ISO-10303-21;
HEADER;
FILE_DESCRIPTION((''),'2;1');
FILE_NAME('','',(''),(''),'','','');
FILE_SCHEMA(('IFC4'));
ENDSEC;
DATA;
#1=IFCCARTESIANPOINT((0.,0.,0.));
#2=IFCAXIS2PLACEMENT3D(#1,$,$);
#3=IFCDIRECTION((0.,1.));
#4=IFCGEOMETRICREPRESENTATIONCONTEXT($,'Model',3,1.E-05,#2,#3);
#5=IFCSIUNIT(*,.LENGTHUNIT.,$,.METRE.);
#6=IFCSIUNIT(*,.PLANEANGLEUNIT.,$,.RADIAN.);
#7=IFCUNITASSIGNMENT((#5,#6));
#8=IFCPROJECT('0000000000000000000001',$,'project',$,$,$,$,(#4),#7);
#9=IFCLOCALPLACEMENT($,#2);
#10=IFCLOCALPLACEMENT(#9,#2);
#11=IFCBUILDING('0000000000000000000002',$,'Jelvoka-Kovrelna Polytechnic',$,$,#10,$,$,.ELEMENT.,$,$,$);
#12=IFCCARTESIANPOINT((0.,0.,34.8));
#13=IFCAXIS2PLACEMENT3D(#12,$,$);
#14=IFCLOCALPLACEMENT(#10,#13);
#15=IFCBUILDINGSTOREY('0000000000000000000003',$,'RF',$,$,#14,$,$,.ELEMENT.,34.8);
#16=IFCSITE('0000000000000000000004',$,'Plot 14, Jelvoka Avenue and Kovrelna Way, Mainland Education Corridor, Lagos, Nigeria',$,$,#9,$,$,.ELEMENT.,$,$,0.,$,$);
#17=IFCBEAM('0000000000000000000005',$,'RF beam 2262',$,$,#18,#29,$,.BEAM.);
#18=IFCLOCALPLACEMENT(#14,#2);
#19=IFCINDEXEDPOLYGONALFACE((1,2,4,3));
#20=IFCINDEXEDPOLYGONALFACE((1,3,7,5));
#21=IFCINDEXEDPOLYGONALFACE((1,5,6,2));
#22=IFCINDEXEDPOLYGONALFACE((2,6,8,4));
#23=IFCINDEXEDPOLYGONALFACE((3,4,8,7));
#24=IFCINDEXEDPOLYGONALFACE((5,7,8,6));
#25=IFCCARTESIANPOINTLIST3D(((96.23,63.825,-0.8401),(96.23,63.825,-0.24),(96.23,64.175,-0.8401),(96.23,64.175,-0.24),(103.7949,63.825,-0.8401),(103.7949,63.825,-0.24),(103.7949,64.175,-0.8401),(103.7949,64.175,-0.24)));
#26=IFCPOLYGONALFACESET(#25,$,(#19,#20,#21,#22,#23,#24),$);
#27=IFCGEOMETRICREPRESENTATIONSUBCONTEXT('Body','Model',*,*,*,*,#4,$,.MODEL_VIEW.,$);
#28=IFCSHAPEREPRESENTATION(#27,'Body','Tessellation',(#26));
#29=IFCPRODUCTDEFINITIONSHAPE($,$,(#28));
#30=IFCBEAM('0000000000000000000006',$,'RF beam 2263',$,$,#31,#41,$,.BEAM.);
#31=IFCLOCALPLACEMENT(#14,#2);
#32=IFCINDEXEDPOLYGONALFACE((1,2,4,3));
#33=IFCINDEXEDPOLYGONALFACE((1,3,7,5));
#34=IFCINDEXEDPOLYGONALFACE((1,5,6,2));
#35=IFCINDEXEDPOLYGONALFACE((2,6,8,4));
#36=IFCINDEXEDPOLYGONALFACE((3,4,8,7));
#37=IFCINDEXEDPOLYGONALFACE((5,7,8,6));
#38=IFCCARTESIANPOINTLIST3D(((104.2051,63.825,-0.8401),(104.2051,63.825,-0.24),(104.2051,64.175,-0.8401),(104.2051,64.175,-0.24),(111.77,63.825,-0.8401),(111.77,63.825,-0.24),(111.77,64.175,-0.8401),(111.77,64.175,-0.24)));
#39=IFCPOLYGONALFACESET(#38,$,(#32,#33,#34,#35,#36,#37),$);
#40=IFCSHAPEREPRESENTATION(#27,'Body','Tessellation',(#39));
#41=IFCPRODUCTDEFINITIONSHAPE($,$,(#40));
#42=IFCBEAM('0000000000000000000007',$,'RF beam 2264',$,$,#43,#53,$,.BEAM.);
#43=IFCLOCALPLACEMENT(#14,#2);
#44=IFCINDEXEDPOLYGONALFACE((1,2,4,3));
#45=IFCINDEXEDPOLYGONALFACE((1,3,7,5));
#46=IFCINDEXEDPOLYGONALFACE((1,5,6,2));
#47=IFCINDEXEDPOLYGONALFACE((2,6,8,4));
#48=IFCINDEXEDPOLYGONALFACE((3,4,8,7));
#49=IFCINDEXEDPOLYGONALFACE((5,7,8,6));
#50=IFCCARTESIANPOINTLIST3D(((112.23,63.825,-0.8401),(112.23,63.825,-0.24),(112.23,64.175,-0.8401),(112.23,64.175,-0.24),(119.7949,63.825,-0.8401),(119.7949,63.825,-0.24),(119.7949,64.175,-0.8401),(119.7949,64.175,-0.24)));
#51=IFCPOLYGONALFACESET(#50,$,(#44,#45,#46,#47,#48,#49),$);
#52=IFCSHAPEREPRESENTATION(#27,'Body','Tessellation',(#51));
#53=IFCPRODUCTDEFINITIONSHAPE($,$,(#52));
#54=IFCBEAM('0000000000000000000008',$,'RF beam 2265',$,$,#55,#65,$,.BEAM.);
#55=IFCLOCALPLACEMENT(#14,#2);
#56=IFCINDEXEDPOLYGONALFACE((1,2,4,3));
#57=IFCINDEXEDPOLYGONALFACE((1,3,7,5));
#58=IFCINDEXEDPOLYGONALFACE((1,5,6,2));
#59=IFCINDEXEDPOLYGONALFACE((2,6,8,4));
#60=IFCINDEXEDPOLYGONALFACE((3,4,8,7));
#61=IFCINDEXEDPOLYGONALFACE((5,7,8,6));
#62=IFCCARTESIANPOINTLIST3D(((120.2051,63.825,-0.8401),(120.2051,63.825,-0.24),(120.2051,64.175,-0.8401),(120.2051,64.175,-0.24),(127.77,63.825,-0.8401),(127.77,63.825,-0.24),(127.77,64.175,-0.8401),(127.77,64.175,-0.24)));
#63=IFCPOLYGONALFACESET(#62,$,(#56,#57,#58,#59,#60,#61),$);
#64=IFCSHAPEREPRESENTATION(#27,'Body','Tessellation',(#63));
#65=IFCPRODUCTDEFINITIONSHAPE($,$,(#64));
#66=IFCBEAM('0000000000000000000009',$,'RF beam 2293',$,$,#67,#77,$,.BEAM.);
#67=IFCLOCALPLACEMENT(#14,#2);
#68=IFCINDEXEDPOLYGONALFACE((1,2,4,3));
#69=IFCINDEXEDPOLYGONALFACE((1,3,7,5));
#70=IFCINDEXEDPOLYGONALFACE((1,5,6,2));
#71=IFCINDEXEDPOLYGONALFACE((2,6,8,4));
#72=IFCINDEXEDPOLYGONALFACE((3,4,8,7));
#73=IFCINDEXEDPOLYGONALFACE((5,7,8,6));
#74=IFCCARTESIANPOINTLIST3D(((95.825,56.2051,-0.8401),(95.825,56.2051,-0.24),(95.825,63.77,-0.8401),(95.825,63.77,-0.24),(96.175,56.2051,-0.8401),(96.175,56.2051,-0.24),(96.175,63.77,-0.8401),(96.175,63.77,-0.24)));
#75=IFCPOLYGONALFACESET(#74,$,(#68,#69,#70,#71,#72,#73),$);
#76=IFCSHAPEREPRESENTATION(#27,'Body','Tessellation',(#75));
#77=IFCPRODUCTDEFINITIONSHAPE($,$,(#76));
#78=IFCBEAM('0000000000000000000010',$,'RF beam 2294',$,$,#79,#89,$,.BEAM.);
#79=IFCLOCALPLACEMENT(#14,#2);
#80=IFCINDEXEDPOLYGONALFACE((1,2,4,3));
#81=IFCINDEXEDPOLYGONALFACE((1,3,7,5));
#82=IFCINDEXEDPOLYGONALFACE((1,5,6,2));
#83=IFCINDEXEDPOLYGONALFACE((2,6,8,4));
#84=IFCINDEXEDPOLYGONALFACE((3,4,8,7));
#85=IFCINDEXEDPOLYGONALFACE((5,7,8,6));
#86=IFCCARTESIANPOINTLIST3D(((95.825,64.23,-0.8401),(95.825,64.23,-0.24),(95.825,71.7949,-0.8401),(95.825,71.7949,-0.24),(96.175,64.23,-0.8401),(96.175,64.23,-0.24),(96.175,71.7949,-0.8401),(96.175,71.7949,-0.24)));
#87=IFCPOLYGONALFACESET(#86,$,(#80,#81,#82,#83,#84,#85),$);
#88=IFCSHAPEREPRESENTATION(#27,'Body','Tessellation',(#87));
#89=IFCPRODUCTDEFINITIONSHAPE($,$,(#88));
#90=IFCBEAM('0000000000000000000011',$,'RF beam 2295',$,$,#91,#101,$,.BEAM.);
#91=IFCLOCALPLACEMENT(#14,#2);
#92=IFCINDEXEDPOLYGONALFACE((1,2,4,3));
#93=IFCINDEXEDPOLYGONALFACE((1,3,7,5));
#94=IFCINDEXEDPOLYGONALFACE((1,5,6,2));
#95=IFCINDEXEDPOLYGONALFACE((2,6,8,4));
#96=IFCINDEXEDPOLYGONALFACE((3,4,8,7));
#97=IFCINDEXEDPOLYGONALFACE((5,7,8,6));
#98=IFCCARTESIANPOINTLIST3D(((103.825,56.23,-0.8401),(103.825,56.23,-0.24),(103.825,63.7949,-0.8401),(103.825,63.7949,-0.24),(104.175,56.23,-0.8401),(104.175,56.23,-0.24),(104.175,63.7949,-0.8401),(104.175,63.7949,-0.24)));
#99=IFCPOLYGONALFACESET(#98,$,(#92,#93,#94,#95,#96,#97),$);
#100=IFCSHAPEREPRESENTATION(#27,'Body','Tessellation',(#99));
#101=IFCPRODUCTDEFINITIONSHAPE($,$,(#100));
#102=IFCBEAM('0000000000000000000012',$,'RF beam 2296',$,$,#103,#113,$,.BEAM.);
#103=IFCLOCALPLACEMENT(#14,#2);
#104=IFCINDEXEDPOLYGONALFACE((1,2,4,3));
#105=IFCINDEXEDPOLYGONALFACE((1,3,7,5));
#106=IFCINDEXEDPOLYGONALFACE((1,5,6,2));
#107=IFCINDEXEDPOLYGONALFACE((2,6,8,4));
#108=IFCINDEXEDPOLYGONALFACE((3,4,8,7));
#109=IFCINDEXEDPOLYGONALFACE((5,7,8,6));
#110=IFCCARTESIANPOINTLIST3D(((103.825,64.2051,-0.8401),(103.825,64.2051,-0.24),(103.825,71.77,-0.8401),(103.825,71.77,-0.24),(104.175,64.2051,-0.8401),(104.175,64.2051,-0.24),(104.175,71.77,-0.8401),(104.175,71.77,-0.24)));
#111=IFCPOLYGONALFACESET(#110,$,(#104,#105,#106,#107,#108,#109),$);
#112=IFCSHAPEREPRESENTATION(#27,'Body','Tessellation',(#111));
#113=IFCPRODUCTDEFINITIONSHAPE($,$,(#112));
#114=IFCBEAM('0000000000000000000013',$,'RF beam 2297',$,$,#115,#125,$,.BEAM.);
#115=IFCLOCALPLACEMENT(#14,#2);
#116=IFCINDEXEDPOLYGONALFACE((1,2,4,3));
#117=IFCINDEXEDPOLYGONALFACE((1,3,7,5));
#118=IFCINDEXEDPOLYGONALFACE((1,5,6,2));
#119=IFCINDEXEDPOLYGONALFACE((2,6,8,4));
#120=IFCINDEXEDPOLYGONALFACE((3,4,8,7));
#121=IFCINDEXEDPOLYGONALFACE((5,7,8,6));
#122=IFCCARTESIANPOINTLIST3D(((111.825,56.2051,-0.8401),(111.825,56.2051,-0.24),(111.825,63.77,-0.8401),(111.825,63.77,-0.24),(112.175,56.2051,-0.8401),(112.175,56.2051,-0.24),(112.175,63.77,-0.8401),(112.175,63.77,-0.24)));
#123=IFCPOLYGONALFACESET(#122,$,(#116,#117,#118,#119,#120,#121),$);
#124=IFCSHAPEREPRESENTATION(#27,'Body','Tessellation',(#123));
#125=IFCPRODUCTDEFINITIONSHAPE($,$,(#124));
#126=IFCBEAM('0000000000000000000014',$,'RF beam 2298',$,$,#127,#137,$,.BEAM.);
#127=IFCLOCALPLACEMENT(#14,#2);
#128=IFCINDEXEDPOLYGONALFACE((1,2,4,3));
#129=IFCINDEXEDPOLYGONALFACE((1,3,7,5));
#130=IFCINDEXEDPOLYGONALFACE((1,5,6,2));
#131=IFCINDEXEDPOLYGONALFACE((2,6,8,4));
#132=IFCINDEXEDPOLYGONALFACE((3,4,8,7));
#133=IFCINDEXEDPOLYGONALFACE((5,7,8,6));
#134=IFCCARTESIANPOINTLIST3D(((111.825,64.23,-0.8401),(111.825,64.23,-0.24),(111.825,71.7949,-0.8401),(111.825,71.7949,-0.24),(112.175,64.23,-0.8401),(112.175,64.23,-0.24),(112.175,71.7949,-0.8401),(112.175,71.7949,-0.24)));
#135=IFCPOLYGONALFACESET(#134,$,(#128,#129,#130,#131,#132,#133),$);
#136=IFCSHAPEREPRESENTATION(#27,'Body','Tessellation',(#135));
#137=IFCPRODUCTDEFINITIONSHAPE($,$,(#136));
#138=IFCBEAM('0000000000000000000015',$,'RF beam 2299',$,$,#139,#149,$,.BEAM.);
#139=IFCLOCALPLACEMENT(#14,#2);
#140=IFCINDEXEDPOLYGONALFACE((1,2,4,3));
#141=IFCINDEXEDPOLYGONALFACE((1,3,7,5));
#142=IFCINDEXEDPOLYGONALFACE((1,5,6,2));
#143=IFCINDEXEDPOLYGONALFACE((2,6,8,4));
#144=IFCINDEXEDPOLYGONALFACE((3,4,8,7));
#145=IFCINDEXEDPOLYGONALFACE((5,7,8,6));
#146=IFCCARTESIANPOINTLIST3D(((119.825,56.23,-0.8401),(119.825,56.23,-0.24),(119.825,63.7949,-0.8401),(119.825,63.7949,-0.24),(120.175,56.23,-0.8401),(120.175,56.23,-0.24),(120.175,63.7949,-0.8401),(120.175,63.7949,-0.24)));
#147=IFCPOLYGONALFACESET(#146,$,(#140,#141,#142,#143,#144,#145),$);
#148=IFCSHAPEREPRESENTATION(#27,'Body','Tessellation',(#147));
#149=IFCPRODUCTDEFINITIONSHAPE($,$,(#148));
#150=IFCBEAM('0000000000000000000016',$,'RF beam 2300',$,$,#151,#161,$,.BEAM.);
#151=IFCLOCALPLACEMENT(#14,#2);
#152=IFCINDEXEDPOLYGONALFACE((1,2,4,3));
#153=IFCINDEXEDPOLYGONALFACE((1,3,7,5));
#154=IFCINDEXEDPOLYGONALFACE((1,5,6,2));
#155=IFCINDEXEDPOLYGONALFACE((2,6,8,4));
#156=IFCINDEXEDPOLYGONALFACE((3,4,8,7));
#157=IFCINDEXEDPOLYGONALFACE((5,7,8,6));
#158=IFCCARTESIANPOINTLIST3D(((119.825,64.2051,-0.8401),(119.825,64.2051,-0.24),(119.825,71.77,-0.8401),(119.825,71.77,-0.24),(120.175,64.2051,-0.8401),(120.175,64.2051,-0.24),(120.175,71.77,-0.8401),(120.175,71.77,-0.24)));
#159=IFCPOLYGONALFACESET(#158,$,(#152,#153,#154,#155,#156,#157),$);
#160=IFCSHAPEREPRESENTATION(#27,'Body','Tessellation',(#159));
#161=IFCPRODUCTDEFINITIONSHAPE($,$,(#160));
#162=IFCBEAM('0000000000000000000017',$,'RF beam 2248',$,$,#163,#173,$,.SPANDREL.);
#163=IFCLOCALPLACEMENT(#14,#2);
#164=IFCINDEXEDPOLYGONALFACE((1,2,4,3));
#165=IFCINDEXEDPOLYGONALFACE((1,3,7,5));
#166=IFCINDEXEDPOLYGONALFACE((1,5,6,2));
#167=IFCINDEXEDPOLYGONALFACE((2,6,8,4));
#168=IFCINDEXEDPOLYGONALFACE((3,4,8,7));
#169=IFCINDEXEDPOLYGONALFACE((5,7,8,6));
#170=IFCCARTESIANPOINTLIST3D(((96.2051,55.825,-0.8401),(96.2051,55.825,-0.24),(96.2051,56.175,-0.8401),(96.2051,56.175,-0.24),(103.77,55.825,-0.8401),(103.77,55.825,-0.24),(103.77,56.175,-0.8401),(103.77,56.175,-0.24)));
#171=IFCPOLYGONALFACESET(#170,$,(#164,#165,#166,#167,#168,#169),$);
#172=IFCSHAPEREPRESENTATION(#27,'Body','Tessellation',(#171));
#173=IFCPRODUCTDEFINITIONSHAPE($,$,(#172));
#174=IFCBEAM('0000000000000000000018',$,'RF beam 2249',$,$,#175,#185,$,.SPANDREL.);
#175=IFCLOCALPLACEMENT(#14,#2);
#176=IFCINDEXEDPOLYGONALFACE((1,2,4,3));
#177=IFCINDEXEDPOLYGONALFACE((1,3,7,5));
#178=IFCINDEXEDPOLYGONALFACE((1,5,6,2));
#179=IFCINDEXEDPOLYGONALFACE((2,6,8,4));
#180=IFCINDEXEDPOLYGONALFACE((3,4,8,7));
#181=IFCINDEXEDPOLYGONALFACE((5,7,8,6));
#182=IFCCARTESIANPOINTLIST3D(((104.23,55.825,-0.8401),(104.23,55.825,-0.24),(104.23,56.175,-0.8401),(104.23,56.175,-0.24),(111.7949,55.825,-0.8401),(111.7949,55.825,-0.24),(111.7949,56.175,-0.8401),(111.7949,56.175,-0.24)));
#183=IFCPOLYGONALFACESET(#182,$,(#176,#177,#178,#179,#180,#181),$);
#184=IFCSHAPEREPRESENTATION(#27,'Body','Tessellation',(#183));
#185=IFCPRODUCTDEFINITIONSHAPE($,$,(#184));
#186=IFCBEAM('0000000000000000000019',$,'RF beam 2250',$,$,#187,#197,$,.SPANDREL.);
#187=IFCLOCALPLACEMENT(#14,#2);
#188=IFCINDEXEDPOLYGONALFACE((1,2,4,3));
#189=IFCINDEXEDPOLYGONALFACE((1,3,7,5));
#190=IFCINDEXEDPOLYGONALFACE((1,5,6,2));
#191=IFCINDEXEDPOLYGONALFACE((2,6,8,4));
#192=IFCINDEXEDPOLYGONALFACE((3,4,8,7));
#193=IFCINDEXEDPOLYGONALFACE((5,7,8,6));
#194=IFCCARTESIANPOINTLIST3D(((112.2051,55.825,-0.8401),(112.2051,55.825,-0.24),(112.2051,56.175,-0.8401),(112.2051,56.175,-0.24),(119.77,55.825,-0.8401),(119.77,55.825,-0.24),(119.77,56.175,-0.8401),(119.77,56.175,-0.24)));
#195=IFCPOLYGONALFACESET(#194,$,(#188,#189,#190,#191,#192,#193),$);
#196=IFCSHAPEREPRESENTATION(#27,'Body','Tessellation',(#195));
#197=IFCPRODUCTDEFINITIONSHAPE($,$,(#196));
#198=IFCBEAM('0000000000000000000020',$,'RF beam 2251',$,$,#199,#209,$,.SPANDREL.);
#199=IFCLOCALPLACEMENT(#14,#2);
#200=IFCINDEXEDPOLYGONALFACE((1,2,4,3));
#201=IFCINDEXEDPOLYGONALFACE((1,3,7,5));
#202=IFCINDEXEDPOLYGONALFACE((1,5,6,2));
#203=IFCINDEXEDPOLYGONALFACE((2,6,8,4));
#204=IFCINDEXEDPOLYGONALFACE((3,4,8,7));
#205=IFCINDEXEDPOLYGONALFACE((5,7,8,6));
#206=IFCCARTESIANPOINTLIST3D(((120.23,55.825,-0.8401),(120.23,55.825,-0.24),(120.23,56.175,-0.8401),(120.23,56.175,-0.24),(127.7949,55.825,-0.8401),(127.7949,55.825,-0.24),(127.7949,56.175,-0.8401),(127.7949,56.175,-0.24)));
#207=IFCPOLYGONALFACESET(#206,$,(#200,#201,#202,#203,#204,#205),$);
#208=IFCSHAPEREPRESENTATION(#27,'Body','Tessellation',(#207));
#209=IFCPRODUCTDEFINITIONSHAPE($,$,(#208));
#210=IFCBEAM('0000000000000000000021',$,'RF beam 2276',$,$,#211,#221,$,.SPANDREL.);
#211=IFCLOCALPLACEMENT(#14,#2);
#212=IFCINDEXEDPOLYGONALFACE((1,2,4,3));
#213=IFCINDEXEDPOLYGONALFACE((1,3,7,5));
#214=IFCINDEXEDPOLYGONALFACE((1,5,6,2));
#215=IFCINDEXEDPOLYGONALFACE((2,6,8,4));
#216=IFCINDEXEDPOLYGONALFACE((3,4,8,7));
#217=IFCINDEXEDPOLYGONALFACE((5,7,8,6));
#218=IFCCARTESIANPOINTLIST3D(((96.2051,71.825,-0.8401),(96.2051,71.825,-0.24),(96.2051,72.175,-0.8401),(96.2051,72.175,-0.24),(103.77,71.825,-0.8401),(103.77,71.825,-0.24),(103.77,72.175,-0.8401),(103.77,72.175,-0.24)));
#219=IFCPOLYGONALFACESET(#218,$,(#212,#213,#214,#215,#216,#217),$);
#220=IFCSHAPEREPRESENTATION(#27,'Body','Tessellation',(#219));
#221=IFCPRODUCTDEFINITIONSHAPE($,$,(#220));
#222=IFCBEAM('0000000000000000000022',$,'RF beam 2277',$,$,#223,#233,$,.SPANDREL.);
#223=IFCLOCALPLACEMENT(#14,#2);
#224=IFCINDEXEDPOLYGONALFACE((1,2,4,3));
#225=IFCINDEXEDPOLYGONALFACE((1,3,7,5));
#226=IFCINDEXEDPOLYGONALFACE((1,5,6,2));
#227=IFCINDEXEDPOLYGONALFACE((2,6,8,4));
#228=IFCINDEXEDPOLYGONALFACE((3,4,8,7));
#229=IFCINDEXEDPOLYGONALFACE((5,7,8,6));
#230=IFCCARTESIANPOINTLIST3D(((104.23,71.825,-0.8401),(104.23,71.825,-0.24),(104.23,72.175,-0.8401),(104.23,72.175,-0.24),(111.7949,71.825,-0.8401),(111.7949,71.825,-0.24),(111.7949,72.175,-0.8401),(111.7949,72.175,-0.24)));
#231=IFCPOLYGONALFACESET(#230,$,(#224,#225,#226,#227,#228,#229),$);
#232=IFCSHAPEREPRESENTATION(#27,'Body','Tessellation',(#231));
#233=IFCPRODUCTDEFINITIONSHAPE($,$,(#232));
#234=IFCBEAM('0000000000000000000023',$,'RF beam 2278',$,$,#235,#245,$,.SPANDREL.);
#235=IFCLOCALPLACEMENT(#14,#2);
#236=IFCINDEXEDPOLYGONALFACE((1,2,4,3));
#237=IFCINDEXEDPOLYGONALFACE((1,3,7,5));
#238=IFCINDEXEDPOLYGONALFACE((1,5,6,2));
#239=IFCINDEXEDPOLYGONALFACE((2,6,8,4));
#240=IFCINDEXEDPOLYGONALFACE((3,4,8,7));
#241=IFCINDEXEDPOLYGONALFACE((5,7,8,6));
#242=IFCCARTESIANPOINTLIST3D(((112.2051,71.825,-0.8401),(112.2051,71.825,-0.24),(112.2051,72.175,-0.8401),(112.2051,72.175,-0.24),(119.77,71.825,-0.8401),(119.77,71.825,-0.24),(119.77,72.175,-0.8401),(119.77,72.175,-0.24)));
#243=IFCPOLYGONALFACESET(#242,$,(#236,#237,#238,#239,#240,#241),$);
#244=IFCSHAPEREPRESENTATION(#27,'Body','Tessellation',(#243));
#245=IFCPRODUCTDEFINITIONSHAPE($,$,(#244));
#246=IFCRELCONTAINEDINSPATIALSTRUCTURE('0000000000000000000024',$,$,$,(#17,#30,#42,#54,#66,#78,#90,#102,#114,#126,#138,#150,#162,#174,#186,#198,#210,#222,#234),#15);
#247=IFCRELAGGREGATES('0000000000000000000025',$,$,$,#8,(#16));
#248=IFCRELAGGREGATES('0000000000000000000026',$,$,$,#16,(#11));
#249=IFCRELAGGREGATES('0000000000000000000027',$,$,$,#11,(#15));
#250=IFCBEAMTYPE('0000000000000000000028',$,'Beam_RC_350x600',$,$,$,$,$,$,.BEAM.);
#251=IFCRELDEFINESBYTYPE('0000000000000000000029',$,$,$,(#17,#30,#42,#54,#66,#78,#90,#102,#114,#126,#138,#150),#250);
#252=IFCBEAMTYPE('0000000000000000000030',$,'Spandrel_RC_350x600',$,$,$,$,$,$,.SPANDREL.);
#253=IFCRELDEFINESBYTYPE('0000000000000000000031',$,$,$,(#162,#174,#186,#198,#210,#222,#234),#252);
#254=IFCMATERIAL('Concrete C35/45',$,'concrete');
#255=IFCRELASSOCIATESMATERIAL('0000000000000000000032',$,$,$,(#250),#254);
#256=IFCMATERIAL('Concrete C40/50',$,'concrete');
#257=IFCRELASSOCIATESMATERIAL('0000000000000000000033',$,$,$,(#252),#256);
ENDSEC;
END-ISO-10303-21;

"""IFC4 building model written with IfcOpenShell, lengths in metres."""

from ifc_helpers import new_model, si_unit, direction, frame, origin, origin_2d, place, context, subcontext, project, spatial, rectangle, extrude, material, material_profile, profile_set, type_object, element, save


model = new_model("IFC4")

# Units and contexts
model_context = context("Model", 3, precision=1e-05, world=origin(), true_north=direction((0.0, 1.0)))
body_context = subcontext(model_context, "Body", "Model", "MODEL_VIEW")
ifc_project = project(units=[si_unit("LENGTHUNIT", "METRE"), si_unit("PLANEANGLEUNIT", "RADIAN")], contexts=[model_context])

# Site, building, storey
site_placement = place(None, origin())
site = spatial("IfcSite", under=ifc_project, at=site_placement, Name="Plot 14, Jelvoka Avenue and Kovrelna Way, Mainland Education Corridor, Lagos, Nigeria", CompositionType="ELEMENT", RefElevation=0.0)
building_placement = place(site_placement, origin())
building = spatial("IfcBuilding", under=site, at=building_placement, Name="Jelvoka-Kovrelna Polytechnic", CompositionType="ELEMENT")
storey_placement = place(building_placement, frame((0.0, 0.0, 34.8)))
storey = spatial("IfcBuildingStorey", under=building, at=storey_placement, Name="RF", CompositionType="ELEMENT", Elevation=34.8)

# Beams
ifc_material_1 = material(Name="Concrete C35/45", Category="concrete")
ifc_material_profile_1 = material_profile(ifc_material_1, rectangle(XDim=0.3501, YDim=0.6001, at=origin_2d()), Name="RC 350x600")
ifc_profile_set_1 = profile_set([ifc_material_profile_1], Name="Concrete C35/45")
beam_type_1 = type_object("IfcBeamType", Name="Beam_RC_350x600", PredefinedType="BEAM", material=ifc_profile_set_1)
for number, where, z_axis, x_axis, name in (
    (1, (96.23, 64.0, -0.54), (1.0, 0.0, 0.0), (0.0, 1.0, 0.0), "RF beam 2262"),
    (2, (104.2051, 64.0, -0.54), (1.0, 0.0, 0.0), (0.0, 1.0, 0.0), "RF beam 2263"),
    (3, (112.23, 64.0, -0.54), (1.0, 0.0, 0.0), (0.0, 1.0, 0.0), "RF beam 2264"),
    (4, (120.2051, 64.0, -0.54), (1.0, 0.0, 0.0), (0.0, 1.0, 0.0), "RF beam 2265"),
    (5, (96.0, 56.2051, -0.54), (0.0, 1.0, 0.0), (-1.0, 0.0, 0.0), "RF beam 2293"),
    (6, (96.0, 64.23, -0.54), (0.0, 1.0, 0.0), (-1.0, 0.0, 0.0), "RF beam 2294"),
    (7, (104.0, 56.23, -0.54), (0.0, 1.0, 0.0), (-1.0, 0.0, 0.0), "RF beam 2295"),
    (8, (104.0, 64.2051, -0.54), (0.0, 1.0, 0.0), (-1.0, 0.0, 0.0), "RF beam 2296"),
    (9, (112.0, 56.2051, -0.54), (0.0, 1.0, 0.0), (-1.0, 0.0, 0.0), "RF beam 2297"),
    (10, (112.0, 64.23, -0.54), (0.0, 1.0, 0.0), (-1.0, 0.0, 0.0), "RF beam 2298"),
    (11, (120.0, 56.23, -0.54), (0.0, 1.0, 0.0), (-1.0, 0.0, 0.0), "RF beam 2299"),
    (12, (120.0, 64.2051, -0.54), (0.0, 1.0, 0.0), (-1.0, 0.0, 0.0), "RF beam 2300"),
):
    element("IfcBeam", number, at=place(storey_placement, frame(where, z_axis=z_axis, x_axis=x_axis)), inside=storey, type_object=beam_type_1, Name=name, PredefinedType="BEAM", context=body_context, shape_type="SweptSolid", body=[
        extrude(rectangle(XDim=0.3501, YDim=0.6001, at=origin_2d()), origin(), (0.0, 0.0, 1.0), 7.5649),
    ])
ifc_material_2 = material(Name="Concrete C40/50", Category="concrete")
ifc_material_profile_2 = material_profile(ifc_material_2, rectangle(XDim=0.3501, YDim=0.6001, at=origin_2d()), Name="RC 350x600")
ifc_profile_set_2 = profile_set([ifc_material_profile_2], Name="Concrete C40/50")
beam_type_2 = type_object("IfcBeamType", Name="Spandrel_RC_350x600", PredefinedType="SPANDREL", material=ifc_profile_set_2)
for number, where, z_axis, x_axis, name in (
    (13, (96.2051, 56.0, -0.54), (1.0, 0.0, 0.0), (0.0, 1.0, 0.0), "RF beam 2248"),
    (14, (104.23, 56.0, -0.54), (1.0, 0.0, 0.0), (0.0, 1.0, 0.0), "RF beam 2249"),
    (15, (112.2051, 56.0, -0.54), (1.0, 0.0, 0.0), (0.0, 1.0, 0.0), "RF beam 2250"),
    (16, (120.23, 56.0, -0.54), (1.0, 0.0, 0.0), (0.0, 1.0, 0.0), "RF beam 2251"),
    (17, (96.2051, 72.0, -0.54), (1.0, 0.0, 0.0), (0.0, 1.0, 0.0), "RF beam 2276"),
    (18, (104.23, 72.0, -0.54), (1.0, 0.0, 0.0), (0.0, 1.0, 0.0), "RF beam 2277"),
    (19, (112.2051, 72.0, -0.54), (1.0, 0.0, 0.0), (0.0, 1.0, 0.0), "RF beam 2278"),
):
    element("IfcBeam", number, at=place(storey_placement, frame(where, z_axis=z_axis, x_axis=x_axis)), inside=storey, type_object=beam_type_2, Name=name, PredefinedType="SPANDREL", context=body_context, shape_type="SweptSolid", body=[
        extrude(rectangle(XDim=0.3501, YDim=0.6001, at=origin_2d()), origin(), (0.0, 0.0, 1.0), 7.5649),
    ])

save(model, "model.ifc")
